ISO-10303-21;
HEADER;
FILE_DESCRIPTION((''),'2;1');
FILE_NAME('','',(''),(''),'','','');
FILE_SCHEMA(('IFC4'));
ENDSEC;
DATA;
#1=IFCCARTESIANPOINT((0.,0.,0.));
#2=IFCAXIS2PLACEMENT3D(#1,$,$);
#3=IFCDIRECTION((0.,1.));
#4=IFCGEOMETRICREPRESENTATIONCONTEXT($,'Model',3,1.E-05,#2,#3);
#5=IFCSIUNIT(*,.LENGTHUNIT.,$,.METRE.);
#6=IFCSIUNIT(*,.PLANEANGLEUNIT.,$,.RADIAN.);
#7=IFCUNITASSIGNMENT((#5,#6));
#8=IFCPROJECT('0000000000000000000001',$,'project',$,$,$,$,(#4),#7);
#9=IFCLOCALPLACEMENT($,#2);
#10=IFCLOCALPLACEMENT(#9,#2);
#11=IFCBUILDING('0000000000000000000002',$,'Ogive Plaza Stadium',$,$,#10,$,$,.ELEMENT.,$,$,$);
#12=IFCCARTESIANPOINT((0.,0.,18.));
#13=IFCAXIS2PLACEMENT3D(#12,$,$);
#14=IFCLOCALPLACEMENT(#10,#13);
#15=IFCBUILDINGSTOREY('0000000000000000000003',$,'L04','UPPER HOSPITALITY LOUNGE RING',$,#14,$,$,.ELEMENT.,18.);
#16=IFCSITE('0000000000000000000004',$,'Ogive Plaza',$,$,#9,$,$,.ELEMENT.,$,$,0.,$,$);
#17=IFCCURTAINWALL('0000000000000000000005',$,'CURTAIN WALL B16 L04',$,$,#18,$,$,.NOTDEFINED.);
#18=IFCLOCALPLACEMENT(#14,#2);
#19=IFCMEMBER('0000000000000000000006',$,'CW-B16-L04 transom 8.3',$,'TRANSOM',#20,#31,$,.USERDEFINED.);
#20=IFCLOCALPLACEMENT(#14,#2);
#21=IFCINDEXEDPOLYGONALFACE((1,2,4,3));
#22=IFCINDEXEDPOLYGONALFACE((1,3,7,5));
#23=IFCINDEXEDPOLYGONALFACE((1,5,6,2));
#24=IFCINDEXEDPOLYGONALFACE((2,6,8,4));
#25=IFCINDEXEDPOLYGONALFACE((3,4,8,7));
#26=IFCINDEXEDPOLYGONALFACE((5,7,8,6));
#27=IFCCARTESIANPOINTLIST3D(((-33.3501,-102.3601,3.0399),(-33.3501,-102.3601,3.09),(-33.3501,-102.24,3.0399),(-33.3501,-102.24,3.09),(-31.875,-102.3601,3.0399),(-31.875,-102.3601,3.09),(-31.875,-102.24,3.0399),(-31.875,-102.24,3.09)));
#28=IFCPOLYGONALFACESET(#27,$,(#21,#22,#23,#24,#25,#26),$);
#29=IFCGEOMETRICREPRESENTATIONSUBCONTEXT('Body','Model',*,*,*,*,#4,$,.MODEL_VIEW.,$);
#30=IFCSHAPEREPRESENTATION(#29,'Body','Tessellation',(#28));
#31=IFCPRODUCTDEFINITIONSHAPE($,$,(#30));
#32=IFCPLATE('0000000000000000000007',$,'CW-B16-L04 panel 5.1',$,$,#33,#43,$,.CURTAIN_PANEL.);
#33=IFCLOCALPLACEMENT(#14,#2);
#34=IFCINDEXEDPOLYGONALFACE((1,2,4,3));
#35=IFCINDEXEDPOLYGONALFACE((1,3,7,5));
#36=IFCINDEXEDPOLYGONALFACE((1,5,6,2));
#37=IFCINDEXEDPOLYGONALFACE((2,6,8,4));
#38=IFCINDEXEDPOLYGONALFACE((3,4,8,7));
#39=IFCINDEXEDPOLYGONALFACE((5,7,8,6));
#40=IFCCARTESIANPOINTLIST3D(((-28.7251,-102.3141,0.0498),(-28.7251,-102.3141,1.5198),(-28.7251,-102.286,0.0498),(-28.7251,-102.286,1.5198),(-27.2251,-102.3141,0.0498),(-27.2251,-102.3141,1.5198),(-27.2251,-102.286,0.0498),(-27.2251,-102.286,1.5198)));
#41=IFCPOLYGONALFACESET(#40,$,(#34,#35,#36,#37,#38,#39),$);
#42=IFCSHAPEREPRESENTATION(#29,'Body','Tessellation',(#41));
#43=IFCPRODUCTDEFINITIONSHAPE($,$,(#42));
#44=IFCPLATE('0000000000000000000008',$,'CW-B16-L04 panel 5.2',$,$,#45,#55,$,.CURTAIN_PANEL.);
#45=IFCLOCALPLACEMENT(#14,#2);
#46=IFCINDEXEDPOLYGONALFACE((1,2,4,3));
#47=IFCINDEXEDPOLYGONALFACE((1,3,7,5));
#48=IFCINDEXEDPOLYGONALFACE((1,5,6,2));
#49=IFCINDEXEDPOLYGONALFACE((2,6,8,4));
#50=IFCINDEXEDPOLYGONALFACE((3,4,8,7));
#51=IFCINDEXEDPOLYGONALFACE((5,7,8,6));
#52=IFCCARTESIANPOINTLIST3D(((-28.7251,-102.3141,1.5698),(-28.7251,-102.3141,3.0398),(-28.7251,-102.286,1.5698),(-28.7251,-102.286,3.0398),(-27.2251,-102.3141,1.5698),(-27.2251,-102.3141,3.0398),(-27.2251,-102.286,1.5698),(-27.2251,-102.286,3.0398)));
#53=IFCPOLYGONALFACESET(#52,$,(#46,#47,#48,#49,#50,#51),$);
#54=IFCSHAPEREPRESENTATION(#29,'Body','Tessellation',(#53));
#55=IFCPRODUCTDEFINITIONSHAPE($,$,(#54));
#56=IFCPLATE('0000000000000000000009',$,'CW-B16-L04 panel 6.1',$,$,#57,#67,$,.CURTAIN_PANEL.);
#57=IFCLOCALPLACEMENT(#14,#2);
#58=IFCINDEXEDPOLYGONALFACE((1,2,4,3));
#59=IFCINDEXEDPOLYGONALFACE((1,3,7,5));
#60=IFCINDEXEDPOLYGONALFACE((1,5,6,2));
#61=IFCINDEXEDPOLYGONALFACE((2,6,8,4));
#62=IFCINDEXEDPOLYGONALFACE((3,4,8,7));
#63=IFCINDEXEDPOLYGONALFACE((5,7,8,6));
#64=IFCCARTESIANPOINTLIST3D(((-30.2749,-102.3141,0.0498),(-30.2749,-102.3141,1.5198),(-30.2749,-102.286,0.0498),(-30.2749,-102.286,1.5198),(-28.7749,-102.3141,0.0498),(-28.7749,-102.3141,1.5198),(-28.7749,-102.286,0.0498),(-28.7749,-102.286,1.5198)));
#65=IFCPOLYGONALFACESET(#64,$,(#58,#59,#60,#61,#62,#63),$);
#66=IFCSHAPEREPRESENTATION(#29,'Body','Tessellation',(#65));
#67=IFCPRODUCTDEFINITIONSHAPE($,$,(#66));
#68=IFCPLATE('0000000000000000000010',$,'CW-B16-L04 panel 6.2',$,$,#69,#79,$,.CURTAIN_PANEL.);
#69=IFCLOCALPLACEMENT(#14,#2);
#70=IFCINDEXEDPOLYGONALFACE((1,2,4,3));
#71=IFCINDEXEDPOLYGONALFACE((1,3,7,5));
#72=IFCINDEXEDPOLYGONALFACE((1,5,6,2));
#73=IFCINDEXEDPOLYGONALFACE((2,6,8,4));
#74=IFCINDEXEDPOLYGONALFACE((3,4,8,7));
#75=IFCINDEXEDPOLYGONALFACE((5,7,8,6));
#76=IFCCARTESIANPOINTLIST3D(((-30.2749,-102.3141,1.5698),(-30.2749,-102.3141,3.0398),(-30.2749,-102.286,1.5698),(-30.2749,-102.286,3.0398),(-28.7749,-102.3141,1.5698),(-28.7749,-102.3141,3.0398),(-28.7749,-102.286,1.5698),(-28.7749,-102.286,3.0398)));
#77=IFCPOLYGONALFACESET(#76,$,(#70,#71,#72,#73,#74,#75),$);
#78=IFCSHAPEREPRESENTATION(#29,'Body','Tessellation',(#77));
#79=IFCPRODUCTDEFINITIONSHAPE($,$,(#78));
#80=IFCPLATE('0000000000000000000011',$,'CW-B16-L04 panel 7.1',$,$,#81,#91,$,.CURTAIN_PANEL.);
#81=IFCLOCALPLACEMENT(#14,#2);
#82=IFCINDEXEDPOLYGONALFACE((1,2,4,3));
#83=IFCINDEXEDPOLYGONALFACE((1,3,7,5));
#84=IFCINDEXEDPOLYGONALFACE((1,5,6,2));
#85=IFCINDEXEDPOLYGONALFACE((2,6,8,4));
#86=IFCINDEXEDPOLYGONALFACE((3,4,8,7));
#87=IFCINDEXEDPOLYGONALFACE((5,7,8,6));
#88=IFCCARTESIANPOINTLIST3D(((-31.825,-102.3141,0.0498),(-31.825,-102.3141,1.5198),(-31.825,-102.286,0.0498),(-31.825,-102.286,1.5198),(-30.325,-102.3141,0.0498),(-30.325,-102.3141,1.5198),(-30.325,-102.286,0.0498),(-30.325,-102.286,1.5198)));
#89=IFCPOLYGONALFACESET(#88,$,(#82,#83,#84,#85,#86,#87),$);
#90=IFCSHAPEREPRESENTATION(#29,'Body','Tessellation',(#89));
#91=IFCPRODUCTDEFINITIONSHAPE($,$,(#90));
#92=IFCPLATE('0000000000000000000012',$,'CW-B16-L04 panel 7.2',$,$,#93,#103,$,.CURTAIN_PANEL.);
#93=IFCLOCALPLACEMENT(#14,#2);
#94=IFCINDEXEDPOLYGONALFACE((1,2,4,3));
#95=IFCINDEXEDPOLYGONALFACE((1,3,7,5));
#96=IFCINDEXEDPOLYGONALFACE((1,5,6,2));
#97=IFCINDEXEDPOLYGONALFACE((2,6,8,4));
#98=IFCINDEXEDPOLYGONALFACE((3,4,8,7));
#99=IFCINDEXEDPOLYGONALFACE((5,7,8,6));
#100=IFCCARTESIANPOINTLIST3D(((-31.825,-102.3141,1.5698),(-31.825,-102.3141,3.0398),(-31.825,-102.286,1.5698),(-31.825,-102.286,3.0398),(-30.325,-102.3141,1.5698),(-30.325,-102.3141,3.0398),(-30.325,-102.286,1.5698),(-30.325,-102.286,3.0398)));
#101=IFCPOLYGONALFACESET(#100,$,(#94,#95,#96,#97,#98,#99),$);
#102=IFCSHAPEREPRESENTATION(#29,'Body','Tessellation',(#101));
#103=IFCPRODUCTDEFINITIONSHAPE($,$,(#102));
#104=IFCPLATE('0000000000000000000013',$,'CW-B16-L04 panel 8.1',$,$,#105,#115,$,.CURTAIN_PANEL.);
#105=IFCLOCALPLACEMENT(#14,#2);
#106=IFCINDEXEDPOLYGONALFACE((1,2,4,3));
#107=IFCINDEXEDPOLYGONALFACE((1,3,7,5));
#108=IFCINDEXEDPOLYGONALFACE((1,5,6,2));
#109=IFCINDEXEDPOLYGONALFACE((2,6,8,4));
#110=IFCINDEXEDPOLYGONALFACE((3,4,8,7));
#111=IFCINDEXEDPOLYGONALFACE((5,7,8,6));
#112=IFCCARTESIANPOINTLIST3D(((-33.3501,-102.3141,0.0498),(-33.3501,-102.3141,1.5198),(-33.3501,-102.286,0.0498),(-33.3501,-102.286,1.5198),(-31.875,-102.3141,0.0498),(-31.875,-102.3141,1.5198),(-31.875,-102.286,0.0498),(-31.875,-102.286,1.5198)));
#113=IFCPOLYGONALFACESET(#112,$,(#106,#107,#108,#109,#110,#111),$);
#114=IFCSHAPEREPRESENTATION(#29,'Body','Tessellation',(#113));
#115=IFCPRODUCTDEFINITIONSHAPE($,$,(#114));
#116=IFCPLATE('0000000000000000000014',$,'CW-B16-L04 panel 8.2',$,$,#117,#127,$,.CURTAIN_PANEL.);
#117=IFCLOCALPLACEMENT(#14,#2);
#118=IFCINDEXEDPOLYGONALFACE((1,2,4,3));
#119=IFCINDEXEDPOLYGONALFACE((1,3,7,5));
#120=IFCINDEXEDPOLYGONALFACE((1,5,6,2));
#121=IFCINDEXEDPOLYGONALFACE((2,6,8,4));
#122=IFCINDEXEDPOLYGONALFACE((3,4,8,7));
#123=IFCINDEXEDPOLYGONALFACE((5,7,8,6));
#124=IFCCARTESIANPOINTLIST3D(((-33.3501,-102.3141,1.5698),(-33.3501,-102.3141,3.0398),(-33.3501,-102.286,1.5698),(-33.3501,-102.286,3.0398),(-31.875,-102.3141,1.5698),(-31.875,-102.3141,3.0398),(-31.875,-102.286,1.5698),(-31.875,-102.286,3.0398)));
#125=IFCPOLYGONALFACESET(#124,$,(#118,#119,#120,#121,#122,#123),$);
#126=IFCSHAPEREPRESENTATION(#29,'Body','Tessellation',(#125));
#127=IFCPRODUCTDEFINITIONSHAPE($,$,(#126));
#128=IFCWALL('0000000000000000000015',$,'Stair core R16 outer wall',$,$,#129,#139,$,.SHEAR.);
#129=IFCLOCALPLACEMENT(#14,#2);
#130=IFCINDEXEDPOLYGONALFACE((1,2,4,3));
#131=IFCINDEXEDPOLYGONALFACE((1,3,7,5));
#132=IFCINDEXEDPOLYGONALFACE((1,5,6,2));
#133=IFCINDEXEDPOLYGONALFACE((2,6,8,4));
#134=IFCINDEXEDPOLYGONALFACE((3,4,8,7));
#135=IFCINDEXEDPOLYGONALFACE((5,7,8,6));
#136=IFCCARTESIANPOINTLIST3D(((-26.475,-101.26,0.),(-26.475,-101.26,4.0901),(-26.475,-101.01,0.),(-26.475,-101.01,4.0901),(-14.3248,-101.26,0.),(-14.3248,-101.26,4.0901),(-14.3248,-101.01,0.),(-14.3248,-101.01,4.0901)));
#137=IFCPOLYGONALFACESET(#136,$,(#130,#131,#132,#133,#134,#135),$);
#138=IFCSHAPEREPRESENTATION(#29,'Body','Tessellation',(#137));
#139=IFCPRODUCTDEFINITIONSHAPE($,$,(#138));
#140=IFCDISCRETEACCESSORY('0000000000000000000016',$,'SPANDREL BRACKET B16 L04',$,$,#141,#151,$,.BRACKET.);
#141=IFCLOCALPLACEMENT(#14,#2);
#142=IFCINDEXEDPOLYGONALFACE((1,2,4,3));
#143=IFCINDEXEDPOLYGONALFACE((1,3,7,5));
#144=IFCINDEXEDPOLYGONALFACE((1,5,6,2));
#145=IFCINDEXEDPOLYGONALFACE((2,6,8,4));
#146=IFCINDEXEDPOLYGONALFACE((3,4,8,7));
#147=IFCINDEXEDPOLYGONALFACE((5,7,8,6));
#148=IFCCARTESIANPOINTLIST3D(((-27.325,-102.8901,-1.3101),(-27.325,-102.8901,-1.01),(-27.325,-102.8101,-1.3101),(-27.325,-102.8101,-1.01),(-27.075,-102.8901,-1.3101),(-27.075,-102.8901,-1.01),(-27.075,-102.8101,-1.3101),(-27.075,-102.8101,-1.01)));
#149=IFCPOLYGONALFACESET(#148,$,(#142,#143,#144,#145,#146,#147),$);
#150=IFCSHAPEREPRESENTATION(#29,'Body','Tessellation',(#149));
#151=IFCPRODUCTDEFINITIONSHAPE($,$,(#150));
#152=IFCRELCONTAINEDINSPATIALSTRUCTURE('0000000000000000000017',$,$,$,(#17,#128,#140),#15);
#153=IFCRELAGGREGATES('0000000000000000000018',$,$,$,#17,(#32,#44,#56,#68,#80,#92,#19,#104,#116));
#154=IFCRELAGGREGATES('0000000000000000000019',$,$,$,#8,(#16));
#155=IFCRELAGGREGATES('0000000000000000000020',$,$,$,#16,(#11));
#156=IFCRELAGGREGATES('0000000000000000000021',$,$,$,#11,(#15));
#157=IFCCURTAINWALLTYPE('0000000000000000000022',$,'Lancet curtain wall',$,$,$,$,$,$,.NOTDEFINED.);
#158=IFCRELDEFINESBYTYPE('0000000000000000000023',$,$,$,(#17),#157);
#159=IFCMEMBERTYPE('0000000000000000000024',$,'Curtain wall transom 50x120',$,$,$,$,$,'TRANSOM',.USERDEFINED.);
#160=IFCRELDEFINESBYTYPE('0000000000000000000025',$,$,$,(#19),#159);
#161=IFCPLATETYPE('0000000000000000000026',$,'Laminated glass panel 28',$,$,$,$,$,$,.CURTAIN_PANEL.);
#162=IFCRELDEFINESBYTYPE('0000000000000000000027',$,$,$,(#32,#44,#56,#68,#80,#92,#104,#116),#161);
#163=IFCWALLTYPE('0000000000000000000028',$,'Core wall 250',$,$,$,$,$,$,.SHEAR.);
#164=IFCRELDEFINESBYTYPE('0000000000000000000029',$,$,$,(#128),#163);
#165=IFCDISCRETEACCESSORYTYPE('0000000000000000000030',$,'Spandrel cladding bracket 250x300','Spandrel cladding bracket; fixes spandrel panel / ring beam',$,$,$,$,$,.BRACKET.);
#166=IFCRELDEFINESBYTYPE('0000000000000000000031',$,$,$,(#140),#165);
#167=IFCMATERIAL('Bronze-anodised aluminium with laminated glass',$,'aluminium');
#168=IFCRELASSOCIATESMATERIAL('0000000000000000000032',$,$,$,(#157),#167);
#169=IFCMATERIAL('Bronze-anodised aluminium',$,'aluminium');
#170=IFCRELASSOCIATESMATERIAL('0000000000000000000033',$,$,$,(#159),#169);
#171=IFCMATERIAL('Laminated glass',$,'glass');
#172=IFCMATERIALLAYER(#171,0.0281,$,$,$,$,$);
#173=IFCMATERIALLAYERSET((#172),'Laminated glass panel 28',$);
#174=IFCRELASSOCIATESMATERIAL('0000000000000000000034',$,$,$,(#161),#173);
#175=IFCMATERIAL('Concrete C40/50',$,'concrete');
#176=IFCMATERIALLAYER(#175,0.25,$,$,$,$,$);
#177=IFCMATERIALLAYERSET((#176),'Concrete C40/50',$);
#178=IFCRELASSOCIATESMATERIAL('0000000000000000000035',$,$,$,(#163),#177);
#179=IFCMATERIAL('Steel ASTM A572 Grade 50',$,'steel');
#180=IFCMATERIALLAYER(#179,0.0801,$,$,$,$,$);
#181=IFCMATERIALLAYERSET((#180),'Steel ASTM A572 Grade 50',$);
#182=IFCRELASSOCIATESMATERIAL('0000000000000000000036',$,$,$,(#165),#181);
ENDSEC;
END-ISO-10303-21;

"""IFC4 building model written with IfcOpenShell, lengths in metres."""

from ifc_helpers import new_model, si_unit, direction, frame, frame_2d, origin, origin_2d, place, context, subcontext, project, spatial, rectangle, extrude, material, layer, layer_set, material_profile, profile_set, type_object, element, aggregate, save


model = new_model("IFC4")

# Units and contexts
model_context = context("Model", 3, precision=1e-05, world=origin(), true_north=direction((0.0, 1.0)))
body_context = subcontext(model_context, "Body", "Model", "MODEL_VIEW")
ifc_project = project(units=[si_unit("LENGTHUNIT", "METRE"), si_unit("PLANEANGLEUNIT", "RADIAN")], contexts=[model_context])

# Site, building, storey
site_placement = place(None, origin())
site = spatial("IfcSite", under=ifc_project, at=site_placement, Name="Ogive Plaza", CompositionType="ELEMENT", RefElevation=0.0)
building_placement = place(site_placement, origin())
building = spatial("IfcBuilding", under=site, at=building_placement, Name="Ogive Plaza Stadium", CompositionType="ELEMENT")
storey_placement = place(building_placement, frame((0.0, 0.0, 18.0)))
storey = spatial("IfcBuildingStorey", under=building, at=storey_placement, Name="L04", Description="UPPER HOSPITALITY LOUNGE RING", CompositionType="ELEMENT", Elevation=18.0)

# Curtain wall, member, plates
ifc_material_1 = material(Name="Bronze-anodised aluminium with laminated glass", Category="aluminium")
curtain_wall_type = type_object("IfcCurtainWallType", Name="Lancet curtain wall", PredefinedType="NOTDEFINED", material=ifc_material_1)
curtain_wall_placement = place(storey_placement, origin())
curtain_wall = element("IfcCurtainWall", 1, at=curtain_wall_placement, inside=storey, type_object=curtain_wall_type, Name="CURTAIN WALL B16 L04", PredefinedType="NOTDEFINED")
ifc_material_2 = material(Name="Bronze-anodised aluminium", Category="aluminium")
ifc_material_profile_1 = material_profile(ifc_material_2, rectangle(XDim=0.1201, YDim=0.05, at=origin_2d()), Name="AL 120x50")
ifc_profile_set_1 = profile_set([ifc_material_profile_1], Name="Bronze-anodised aluminium")
member_type_1 = type_object("IfcMemberType", Name="Curtain wall transom 50x120", ElementType="TRANSOM", PredefinedType="USERDEFINED", material=ifc_profile_set_1)
member_1_placement = place(storey_placement, frame((-31.875, -102.3, 3.0649), z_axis=(-1.0, 0.0, 0.0), x_axis=(0.0, -1.0, 0.0)))
member_1 = element("IfcMember", 2, at=member_1_placement, type_object=member_type_1, Name="CW-B16-L04 transom 8.3", ObjectType="TRANSOM", PredefinedType="USERDEFINED", context=body_context, shape_type="SweptSolid", body=[
    extrude(rectangle(XDim=0.1201, YDim=0.05, at=origin_2d()), origin(), (0.0, 0.0, 1.0), 1.4751),
])
ifc_material_3 = material(Name="Laminated glass", Category="glass")
ifc_layer_1 = layer(ifc_material_3, 0.0281)
ifc_layer_set_1 = layer_set([ifc_layer_1], Name="Laminated glass panel 28")
plate_type = type_object("IfcPlateType", Name="Laminated glass panel 28", PredefinedType="CURTAIN_PANEL", material=ifc_layer_set_1)
plate_1_placement = place(storey_placement, frame((-27.9751, -102.3, 0.0498), z_axis=(0.0, 0.0, 1.0), x_axis=(-1.0, 0.0, 0.0)))
plate_1 = element("IfcPlate", 3, at=plate_1_placement, type_object=plate_type, Name="CW-B16-L04 panel 5.1", PredefinedType="CURTAIN_PANEL", context=body_context, shape_type="SweptSolid", body=[
    extrude(rectangle(XDim=1.5, YDim=0.0281, at=origin_2d()), origin(), (0.0, 0.0, 1.0), 1.47),
])
plate_2_placement = place(storey_placement, frame((-27.9751, -102.3, 1.5698), z_axis=(0.0, 0.0, 1.0), x_axis=(-1.0, 0.0, 0.0)))
plate_2 = element("IfcPlate", 4, at=plate_2_placement, type_object=plate_type, Name="CW-B16-L04 panel 5.2", PredefinedType="CURTAIN_PANEL", context=body_context, shape_type="SweptSolid", body=[
    extrude(rectangle(XDim=1.5, YDim=0.0281, at=origin_2d()), origin(), (0.0, 0.0, 1.0), 1.47),
])
plate_3_placement = place(storey_placement, frame((-29.5249, -102.3, 0.0498), z_axis=(0.0, 0.0, 1.0), x_axis=(-1.0, 0.0, 0.0)))
plate_3 = element("IfcPlate", 5, at=plate_3_placement, type_object=plate_type, Name="CW-B16-L04 panel 6.1", PredefinedType="CURTAIN_PANEL", context=body_context, shape_type="SweptSolid", body=[
    extrude(rectangle(XDim=1.5, YDim=0.0281, at=origin_2d()), origin(), (0.0, 0.0, 1.0), 1.47),
])
plate_4_placement = place(storey_placement, frame((-29.5249, -102.3, 1.5698), z_axis=(0.0, 0.0, 1.0), x_axis=(-1.0, 0.0, 0.0)))
plate_4 = element("IfcPlate", 6, at=plate_4_placement, type_object=plate_type, Name="CW-B16-L04 panel 6.2", PredefinedType="CURTAIN_PANEL", context=body_context, shape_type="SweptSolid", body=[
    extrude(rectangle(XDim=1.5, YDim=0.0281, at=origin_2d()), origin(), (0.0, 0.0, 1.0), 1.47),
])
plate_5_placement = place(storey_placement, frame((-31.075, -102.3, 0.0498), z_axis=(0.0, 0.0, 1.0), x_axis=(-1.0, 0.0, 0.0)))
plate_5 = element("IfcPlate", 7, at=plate_5_placement, type_object=plate_type, Name="CW-B16-L04 panel 7.1", PredefinedType="CURTAIN_PANEL", context=body_context, shape_type="SweptSolid", body=[
    extrude(rectangle(XDim=1.5, YDim=0.0281, at=origin_2d()), origin(), (0.0, 0.0, 1.0), 1.47),
])
plate_6_placement = place(storey_placement, frame((-31.075, -102.3, 1.5698), z_axis=(0.0, 0.0, 1.0), x_axis=(-1.0, 0.0, 0.0)))
plate_6 = element("IfcPlate", 8, at=plate_6_placement, type_object=plate_type, Name="CW-B16-L04 panel 7.2", PredefinedType="CURTAIN_PANEL", context=body_context, shape_type="SweptSolid", body=[
    extrude(rectangle(XDim=1.5, YDim=0.0281, at=origin_2d()), origin(), (0.0, 0.0, 1.0), 1.47),
])
plate_7_placement = place(storey_placement, frame((-32.6125, -102.3, 0.0498), z_axis=(0.0, 0.0, 1.0), x_axis=(-1.0, 0.0, 0.0)))
plate_7 = element("IfcPlate", 9, at=plate_7_placement, type_object=plate_type, Name="CW-B16-L04 panel 8.1", PredefinedType="CURTAIN_PANEL", context=body_context, shape_type="SweptSolid", body=[
    extrude(rectangle(XDim=1.4751, YDim=0.0281, at=origin_2d()), origin(), (0.0, 0.0, 1.0), 1.47),
])
plate_8_placement = place(storey_placement, frame((-32.6125, -102.3, 1.5698), z_axis=(0.0, 0.0, 1.0), x_axis=(-1.0, 0.0, 0.0)))
plate_8 = element("IfcPlate", 10, at=plate_8_placement, type_object=plate_type, Name="CW-B16-L04 panel 8.2", PredefinedType="CURTAIN_PANEL", context=body_context, shape_type="SweptSolid", body=[
    extrude(rectangle(XDim=1.4751, YDim=0.0281, at=origin_2d()), origin(), (0.0, 0.0, 1.0), 1.47),
])
aggregate(curtain_wall, [plate_1, plate_2, plate_3, plate_4, plate_5, plate_6, member_1, plate_7, plate_8])

# Wall
ifc_material_4 = material(Name="Concrete C40/50", Category="concrete")
ifc_layer_2 = layer(ifc_material_4, 0.25)
ifc_layer_set_2 = layer_set([ifc_layer_2], Name="Concrete C40/50")
wall_type = type_object("IfcWallType", Name="Core wall 250", PredefinedType="SHEAR", material=ifc_layer_set_2)
wall_placement = place(storey_placement, frame((-26.4751, -101.135, 0.0), z_axis=(0.0, 0.0, 1.0), x_axis=(1.0, 0.0, 0.0)))
element("IfcWall", 11, at=wall_placement, inside=storey, type_object=wall_type, Name="Stair core R16 outer wall", PredefinedType="SHEAR", context=body_context, shape_type="SweptSolid", body=[
    extrude(rectangle(XDim=12.1501, YDim=0.25, at=frame_2d((6.0752, 0.0))), origin(), (0.0, 0.0, 1.0), 4.0901),
])

# Discrete accessory
ifc_material_5 = material(Name="Steel ASTM A572 Grade 50", Category="steel")
ifc_layer_3 = layer(ifc_material_5, 0.0801)
ifc_layer_set_3 = layer_set([ifc_layer_3], Name="Steel ASTM A572 Grade 50")
discrete_accessory_type = type_object("IfcDiscreteAccessoryType", Name="Spandrel cladding bracket 250x300", Description="Spandrel cladding bracket; fixes spandrel panel / ring beam", PredefinedType="BRACKET", material=ifc_layer_set_3)
discrete_accessory_placement = place(storey_placement, frame((-27.2, -102.8501, -1.3101), z_axis=(0.0, 0.0, 1.0), x_axis=(-1.0, 0.0, 0.0)))
element("IfcDiscreteAccessory", 12, at=discrete_accessory_placement, inside=storey, type_object=discrete_accessory_type, Name="SPANDREL BRACKET B16 L04", PredefinedType="BRACKET", context=body_context, shape_type="SweptSolid", body=[
    extrude(rectangle(XDim=0.25, YDim=0.0801, at=origin_2d()), origin(), (0.0, 0.0, 1.0), 0.3),
])

save(model, "model.ifc")
